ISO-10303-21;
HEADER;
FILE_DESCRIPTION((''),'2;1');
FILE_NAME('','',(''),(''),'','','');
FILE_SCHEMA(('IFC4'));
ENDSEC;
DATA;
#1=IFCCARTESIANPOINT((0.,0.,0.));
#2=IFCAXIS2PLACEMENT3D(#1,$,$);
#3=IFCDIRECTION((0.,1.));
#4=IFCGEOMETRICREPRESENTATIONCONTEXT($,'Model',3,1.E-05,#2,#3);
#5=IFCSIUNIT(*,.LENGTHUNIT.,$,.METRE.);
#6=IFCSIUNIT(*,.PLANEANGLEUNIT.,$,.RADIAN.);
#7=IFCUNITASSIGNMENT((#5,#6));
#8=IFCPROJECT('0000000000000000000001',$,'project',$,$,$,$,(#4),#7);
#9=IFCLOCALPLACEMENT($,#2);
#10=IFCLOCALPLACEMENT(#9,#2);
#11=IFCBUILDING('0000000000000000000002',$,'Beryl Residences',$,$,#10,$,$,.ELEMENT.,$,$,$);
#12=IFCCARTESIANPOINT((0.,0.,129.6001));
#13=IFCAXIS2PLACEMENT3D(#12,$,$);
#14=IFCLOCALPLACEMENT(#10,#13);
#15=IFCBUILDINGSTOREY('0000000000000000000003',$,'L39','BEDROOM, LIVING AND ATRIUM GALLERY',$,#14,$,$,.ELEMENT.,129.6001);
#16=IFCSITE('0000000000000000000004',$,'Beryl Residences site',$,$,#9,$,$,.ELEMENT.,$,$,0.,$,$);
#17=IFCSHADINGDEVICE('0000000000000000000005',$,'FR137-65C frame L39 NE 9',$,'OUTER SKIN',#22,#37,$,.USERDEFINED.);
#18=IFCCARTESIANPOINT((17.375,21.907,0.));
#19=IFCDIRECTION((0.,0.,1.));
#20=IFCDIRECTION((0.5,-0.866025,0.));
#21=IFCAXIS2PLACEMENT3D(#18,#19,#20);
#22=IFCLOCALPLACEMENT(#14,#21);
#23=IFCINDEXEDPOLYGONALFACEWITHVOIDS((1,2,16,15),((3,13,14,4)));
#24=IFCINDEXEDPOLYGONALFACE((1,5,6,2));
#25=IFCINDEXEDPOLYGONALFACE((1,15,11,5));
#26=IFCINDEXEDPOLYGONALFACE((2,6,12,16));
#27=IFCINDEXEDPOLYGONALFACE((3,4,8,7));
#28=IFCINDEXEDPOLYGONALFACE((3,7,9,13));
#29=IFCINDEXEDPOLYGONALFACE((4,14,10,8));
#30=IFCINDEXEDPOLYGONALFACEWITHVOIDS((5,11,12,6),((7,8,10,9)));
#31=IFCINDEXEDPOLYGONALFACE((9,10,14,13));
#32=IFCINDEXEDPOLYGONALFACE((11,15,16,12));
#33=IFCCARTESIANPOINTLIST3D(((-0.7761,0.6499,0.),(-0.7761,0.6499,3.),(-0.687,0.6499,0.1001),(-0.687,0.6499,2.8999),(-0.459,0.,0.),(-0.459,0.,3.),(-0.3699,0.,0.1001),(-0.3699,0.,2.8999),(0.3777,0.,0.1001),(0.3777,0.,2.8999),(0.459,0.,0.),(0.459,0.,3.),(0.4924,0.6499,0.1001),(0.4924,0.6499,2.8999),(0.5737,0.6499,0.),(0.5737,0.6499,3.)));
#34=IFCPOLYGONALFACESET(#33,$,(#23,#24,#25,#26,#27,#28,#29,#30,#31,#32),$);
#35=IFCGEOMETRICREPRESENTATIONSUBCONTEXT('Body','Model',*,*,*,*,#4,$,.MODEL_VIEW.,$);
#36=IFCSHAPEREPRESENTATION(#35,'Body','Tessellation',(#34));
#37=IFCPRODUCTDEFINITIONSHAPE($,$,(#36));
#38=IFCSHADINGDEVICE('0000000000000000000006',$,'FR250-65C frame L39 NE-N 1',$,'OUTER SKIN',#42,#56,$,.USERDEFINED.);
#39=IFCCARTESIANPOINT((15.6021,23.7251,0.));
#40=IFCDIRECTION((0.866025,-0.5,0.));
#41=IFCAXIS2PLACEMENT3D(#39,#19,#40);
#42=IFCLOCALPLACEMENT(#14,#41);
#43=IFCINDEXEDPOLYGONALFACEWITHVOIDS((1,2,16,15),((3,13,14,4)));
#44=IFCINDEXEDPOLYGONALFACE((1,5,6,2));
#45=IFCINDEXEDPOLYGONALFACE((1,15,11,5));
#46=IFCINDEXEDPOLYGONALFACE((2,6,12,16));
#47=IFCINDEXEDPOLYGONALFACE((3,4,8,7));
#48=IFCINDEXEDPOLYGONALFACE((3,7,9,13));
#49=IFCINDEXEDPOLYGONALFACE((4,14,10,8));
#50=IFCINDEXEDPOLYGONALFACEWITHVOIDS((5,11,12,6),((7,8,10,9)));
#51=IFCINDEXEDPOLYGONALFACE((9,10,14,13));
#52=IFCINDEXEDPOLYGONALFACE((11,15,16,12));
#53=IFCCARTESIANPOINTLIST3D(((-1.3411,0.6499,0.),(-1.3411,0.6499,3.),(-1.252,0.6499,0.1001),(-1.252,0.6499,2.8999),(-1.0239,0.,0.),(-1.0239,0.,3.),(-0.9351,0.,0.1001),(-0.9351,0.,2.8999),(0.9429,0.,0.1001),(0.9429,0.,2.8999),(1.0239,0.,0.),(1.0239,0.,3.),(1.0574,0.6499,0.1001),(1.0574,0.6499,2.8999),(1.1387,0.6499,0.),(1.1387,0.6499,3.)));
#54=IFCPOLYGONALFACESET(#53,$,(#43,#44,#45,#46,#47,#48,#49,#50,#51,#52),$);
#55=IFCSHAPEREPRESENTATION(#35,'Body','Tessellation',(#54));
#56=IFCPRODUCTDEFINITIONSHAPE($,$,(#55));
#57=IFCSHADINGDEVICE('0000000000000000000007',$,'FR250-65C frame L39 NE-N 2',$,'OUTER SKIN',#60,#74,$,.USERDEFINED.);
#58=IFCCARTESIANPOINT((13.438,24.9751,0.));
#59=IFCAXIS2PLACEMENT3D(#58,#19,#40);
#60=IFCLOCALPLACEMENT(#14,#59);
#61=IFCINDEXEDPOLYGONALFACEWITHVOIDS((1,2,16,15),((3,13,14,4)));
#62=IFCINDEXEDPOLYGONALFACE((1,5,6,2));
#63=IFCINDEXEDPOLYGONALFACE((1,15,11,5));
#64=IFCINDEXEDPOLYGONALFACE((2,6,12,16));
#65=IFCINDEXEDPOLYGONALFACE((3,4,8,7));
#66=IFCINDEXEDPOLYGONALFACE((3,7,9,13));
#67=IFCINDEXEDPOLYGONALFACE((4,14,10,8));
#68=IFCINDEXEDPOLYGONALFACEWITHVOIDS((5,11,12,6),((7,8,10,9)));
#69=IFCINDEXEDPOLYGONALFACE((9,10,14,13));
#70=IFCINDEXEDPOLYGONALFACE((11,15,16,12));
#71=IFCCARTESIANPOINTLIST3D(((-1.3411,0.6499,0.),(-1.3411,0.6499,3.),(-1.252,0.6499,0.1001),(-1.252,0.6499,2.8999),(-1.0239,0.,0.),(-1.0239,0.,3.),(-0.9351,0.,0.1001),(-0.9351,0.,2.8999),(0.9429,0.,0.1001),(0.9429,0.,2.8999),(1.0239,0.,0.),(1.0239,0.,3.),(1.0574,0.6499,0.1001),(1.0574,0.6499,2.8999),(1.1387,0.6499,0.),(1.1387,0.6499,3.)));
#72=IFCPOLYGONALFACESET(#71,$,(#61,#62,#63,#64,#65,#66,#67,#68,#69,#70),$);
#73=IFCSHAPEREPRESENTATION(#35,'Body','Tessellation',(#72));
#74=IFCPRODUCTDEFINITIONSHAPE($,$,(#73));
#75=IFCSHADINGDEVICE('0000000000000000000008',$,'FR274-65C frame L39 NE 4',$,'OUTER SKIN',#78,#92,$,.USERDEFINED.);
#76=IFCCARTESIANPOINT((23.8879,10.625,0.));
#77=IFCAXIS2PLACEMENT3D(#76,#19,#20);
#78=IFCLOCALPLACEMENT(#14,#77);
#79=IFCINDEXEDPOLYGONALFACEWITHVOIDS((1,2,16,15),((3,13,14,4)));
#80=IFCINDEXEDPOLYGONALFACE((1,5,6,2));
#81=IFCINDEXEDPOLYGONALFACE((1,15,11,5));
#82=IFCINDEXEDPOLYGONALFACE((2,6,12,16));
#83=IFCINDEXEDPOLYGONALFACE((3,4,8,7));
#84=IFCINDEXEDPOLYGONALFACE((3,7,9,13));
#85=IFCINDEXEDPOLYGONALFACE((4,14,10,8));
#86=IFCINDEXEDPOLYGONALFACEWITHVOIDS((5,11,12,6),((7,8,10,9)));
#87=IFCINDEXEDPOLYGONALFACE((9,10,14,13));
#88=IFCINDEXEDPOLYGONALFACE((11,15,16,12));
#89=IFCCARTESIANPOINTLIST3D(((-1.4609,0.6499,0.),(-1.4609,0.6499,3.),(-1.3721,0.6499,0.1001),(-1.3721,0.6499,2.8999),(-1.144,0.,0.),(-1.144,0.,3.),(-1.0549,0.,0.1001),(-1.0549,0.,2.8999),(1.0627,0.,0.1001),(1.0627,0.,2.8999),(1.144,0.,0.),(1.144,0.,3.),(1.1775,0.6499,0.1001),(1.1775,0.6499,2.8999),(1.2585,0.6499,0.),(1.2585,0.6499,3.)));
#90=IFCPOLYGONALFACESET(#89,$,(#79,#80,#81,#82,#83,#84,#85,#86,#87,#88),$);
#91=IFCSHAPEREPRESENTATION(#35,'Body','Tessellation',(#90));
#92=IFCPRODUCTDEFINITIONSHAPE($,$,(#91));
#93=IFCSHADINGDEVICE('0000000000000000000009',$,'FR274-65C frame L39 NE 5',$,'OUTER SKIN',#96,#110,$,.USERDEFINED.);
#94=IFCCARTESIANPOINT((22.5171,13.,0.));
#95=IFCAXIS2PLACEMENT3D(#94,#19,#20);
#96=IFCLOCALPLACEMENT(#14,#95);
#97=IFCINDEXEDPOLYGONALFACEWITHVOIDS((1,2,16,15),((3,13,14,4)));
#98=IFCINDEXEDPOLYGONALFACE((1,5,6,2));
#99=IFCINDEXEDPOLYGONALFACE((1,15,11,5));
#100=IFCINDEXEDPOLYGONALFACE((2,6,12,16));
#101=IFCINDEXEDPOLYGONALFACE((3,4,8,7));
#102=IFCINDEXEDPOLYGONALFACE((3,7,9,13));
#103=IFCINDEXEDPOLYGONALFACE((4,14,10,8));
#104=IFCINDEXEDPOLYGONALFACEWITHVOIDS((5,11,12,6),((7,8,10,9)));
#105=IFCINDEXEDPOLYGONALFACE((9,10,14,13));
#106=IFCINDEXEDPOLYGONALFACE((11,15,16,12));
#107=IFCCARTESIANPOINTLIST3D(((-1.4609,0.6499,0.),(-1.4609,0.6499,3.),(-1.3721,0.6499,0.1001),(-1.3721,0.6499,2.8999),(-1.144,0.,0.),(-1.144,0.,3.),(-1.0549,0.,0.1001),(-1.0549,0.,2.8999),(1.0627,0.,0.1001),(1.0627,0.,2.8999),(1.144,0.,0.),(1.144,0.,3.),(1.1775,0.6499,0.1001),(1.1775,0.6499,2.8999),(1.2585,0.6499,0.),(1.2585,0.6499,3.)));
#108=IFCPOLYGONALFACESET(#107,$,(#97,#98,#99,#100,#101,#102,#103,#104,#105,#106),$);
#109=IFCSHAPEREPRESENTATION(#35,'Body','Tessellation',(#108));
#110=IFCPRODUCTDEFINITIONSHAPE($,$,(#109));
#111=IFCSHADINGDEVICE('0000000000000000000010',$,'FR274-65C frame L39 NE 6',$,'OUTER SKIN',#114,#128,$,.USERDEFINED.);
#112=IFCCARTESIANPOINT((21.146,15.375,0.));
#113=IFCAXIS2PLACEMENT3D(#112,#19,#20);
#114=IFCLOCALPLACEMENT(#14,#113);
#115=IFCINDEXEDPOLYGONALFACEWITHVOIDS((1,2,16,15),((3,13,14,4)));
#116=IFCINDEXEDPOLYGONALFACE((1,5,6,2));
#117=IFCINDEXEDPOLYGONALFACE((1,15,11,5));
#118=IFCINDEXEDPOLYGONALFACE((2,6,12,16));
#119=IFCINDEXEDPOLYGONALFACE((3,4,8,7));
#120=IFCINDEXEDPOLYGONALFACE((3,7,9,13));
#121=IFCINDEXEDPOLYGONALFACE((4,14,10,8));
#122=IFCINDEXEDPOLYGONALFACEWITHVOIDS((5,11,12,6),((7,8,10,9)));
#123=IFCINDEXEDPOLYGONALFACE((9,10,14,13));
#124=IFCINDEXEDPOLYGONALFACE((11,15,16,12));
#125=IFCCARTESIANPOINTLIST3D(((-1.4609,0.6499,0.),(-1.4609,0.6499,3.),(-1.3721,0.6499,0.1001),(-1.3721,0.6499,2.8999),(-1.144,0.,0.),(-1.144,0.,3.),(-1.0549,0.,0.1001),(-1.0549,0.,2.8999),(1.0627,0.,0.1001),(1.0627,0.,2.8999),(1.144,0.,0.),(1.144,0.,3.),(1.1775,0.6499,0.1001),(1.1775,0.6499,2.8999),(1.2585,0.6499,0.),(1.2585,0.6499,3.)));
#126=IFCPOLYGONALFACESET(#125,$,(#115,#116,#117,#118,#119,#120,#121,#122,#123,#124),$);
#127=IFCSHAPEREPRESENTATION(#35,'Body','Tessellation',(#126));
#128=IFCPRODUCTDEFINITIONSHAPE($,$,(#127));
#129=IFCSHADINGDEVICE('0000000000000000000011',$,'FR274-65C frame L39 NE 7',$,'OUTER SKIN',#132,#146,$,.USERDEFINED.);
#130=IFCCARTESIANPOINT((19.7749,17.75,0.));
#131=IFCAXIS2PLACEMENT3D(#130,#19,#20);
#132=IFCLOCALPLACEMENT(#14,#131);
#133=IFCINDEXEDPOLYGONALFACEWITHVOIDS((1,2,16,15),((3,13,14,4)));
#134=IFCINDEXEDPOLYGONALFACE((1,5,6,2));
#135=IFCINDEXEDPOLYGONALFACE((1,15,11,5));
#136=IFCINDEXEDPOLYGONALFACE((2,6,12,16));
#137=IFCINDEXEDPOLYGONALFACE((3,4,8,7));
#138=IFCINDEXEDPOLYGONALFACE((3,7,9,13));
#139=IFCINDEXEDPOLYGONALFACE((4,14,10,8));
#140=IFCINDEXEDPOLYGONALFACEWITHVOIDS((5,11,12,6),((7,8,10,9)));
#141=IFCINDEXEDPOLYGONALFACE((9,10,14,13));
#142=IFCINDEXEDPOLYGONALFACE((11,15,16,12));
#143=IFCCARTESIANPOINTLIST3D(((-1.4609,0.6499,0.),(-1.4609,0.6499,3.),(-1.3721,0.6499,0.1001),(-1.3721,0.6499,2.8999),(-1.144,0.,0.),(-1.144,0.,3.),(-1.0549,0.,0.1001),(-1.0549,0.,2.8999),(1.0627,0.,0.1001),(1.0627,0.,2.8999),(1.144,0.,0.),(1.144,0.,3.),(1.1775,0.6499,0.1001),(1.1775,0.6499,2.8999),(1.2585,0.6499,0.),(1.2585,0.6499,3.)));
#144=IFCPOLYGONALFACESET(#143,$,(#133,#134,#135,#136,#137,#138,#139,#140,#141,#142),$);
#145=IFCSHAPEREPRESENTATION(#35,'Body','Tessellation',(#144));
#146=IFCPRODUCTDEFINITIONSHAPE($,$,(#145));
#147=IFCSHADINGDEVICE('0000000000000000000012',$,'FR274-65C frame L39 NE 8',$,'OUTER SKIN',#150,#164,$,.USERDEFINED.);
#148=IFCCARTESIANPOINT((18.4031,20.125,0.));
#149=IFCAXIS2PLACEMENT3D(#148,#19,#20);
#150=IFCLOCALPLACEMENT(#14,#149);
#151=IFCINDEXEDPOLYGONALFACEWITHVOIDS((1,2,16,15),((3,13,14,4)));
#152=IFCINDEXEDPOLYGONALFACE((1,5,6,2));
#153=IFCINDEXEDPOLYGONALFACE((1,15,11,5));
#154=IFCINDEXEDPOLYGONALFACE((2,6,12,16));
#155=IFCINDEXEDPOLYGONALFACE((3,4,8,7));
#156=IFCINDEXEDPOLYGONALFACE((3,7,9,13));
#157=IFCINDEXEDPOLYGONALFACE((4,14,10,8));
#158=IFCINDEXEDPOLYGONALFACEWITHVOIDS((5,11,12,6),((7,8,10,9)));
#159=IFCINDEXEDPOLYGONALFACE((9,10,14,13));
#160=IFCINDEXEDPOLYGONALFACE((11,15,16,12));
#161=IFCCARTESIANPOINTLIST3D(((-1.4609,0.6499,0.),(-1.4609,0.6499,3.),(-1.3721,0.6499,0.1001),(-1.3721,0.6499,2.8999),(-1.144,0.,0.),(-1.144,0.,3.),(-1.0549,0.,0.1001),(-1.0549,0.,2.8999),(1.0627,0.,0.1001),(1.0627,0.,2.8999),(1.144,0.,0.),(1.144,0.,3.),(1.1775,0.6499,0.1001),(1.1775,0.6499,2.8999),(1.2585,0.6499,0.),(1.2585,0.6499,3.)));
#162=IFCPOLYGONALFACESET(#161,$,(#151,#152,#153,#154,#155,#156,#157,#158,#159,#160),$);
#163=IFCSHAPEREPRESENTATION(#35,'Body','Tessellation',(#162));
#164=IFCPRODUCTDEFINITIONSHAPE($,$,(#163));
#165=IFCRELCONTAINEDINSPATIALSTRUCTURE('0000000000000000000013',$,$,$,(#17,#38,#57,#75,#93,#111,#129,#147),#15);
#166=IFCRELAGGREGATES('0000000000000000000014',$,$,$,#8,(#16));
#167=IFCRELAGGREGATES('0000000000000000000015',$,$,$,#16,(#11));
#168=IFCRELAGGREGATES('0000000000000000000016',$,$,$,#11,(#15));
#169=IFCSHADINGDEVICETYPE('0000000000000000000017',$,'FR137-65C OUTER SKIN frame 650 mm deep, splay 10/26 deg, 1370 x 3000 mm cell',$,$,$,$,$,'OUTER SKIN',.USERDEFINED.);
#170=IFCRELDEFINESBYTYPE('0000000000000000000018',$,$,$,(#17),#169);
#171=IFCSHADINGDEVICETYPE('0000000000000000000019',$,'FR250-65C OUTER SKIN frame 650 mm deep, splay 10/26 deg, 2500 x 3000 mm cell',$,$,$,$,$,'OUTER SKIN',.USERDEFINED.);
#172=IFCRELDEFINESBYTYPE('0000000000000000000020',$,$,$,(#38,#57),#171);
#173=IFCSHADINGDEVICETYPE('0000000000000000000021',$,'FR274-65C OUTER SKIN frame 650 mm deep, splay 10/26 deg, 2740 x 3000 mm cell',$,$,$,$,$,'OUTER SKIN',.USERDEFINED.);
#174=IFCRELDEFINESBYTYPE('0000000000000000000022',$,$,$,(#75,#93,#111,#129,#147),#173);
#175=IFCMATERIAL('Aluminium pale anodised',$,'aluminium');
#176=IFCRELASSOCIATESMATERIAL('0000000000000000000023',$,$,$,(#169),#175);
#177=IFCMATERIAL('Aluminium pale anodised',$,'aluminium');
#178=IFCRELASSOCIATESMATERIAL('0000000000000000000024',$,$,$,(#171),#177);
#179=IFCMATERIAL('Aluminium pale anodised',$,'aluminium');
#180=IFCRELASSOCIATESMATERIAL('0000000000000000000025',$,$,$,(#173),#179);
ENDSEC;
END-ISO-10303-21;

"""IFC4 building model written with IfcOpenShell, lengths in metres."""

from ifc_helpers import new_model, entity, si_unit, direction, frame, origin, place, context, subcontext, project, spatial, source, transform, mapped, material, type_object, type_shapes, element, save


model = new_model("IFC4")

# Units and contexts
model_context = context("Model", 3, precision=1e-05, world=origin(), true_north=direction((0.0, 1.0)))
body_context = subcontext(model_context, "Body", "Model", "MODEL_VIEW")
ifc_project = project(units=[si_unit("LENGTHUNIT", "METRE"), si_unit("PLANEANGLEUNIT", "RADIAN")], contexts=[model_context])

# Site, building, storey
site_placement = place(None, origin())
site = spatial("IfcSite", under=ifc_project, at=site_placement, Name="Beryl Residences site", CompositionType="ELEMENT", RefElevation=0.0)
building_placement = place(site_placement, origin())
building = spatial("IfcBuilding", under=site, at=building_placement, Name="Beryl Residences", CompositionType="ELEMENT")
storey_placement = place(building_placement, frame((0.0, 0.0, 129.6001)))
storey = spatial("IfcBuildingStorey", under=building, at=storey_placement, Name="L39", Description="BEDROOM, LIVING AND ATRIUM GALLERY", CompositionType="ELEMENT", Elevation=129.6001)

# Shading devices
ifc_material_1 = material(Name="Aluminium pale anodised", Category="aluminium")
shading_device_type_1 = type_object("IfcShadingDeviceType", Name="FR137-65C OUTER SKIN frame 650 mm deep, splay 10/26 deg, 1370 x 3000 mm cell", ElementType="OUTER SKIN", PredefinedType="USERDEFINED", material=ifc_material_1)
cartesian_point_1 = entity("IfcCartesianPoint", [-0.459, 0.0])
cartesian_point_2 = entity("IfcCartesianPoint", [-0.3777, 0.1001])
cartesian_point_3 = entity("IfcCartesianPoint", [-0.5737, 0.0])
cartesian_point_4 = entity("IfcCartesianPoint", [-0.4924, 0.1001])
shared_shape_1 = source(origin(), body_context, "Body", "SweptSolid", [
    entity("IfcExtrudedAreaSolidTapered", entity("IfcArbitraryProfileDefWithVoids", "AREA", None, entity("IfcPolyline", [cartesian_point_1, entity("IfcCartesianPoint", [0.459, 0.0]), entity("IfcCartesianPoint", [0.459, 3.0]), entity("IfcCartesianPoint", [-0.459, 3.0]), cartesian_point_1]), [entity("IfcPolyline", [cartesian_point_2, entity("IfcCartesianPoint", [0.3699, 0.1001]), entity("IfcCartesianPoint", [0.3699, 2.8999]), entity("IfcCartesianPoint", [-0.3777, 2.8999]), cartesian_point_2])]), entity("IfcAxis2Placement3D", entity("IfcCartesianPoint", [0.0, 0.0, 0.0]), entity("IfcDirection", [0.0, 1.0, 0.0]), entity("IfcDirection", [-1.0, 0.0, 0.0])), entity("IfcDirection", [0.0, 0.0, 1.0]), 0.6499, entity("IfcArbitraryProfileDefWithVoids", "AREA", None, entity("IfcPolyline", [cartesian_point_3, entity("IfcCartesianPoint", [0.7761, 0.0]), entity("IfcCartesianPoint", [0.7761, 3.0]), entity("IfcCartesianPoint", [-0.5737, 3.0]), cartesian_point_3]), [entity("IfcPolyline", [cartesian_point_4, entity("IfcCartesianPoint", [0.687, 0.1001]), entity("IfcCartesianPoint", [0.687, 2.8999]), entity("IfcCartesianPoint", [-0.4924, 2.8999]), cartesian_point_4])])),
])
type_shapes(shading_device_type_1, [shared_shape_1])
shading_device_placement = place(storey_placement, frame((17.375, 21.907, 0.0), z_axis=(0.0, 0.0, 1.0), x_axis=(0.5, -0.866025, 0.0)))
element("IfcShadingDevice", 1, at=shading_device_placement, inside=storey, type_object=shading_device_type_1, Name="FR137-65C frame L39 NE 9", ObjectType="OUTER SKIN", PredefinedType="USERDEFINED", context=body_context, shape_type="MappedRepresentation", body=[
    mapped(shared_shape_1, transform((0.0, 0.0, 0.0))),
])
ifc_material_2 = material(Name="Aluminium pale anodised", Category="aluminium")
shading_device_type_2 = type_object("IfcShadingDeviceType", Name="FR250-65C OUTER SKIN frame 650 mm deep, splay 10/26 deg, 2500 x 3000 mm cell", ElementType="OUTER SKIN", PredefinedType="USERDEFINED", material=ifc_material_2)
cartesian_point_5 = entity("IfcCartesianPoint", [-1.0239, 0.0])
cartesian_point_6 = entity("IfcCartesianPoint", [-0.9429, 0.1001])
cartesian_point_7 = entity("IfcCartesianPoint", [-1.1387, 0.0])
cartesian_point_8 = entity("IfcCartesianPoint", [-1.0574, 0.1001])
shared_shape_2 = source(origin(), body_context, "Body", "SweptSolid", [
    entity("IfcExtrudedAreaSolidTapered", entity("IfcArbitraryProfileDefWithVoids", "AREA", None, entity("IfcPolyline", [cartesian_point_5, entity("IfcCartesianPoint", [1.0239, 0.0]), entity("IfcCartesianPoint", [1.0239, 3.0]), entity("IfcCartesianPoint", [-1.0239, 3.0]), cartesian_point_5]), [entity("IfcPolyline", [cartesian_point_6, entity("IfcCartesianPoint", [0.9351, 0.1001]), entity("IfcCartesianPoint", [0.9351, 2.8999]), entity("IfcCartesianPoint", [-0.9429, 2.8999]), cartesian_point_6])]), entity("IfcAxis2Placement3D", entity("IfcCartesianPoint", [0.0, 0.0, 0.0]), entity("IfcDirection", [0.0, 1.0, 0.0]), entity("IfcDirection", [-1.0, 0.0, 0.0])), entity("IfcDirection", [0.0, 0.0, 1.0]), 0.6499, entity("IfcArbitraryProfileDefWithVoids", "AREA", None, entity("IfcPolyline", [cartesian_point_7, entity("IfcCartesianPoint", [1.3411, 0.0]), entity("IfcCartesianPoint", [1.3411, 3.0]), entity("IfcCartesianPoint", [-1.1387, 3.0]), cartesian_point_7]), [entity("IfcPolyline", [cartesian_point_8, entity("IfcCartesianPoint", [1.252, 0.1001]), entity("IfcCartesianPoint", [1.252, 2.8999]), entity("IfcCartesianPoint", [-1.0574, 2.8999]), cartesian_point_8])])),
])
type_shapes(shading_device_type_2, [shared_shape_2])
for number, where, z_axis, x_axis, name in (
    (2, (15.6021, 23.7251, 0.0), (0.0, 0.0, 1.0), (0.866025, -0.5, 0.0), "FR250-65C frame L39 NE-N 1"),
    (3, (13.438, 24.9751, 0.0), (0.0, 0.0, 1.0), (0.866025, -0.5, 0.0), "FR250-65C frame L39 NE-N 2"),
):
    element("IfcShadingDevice", number, at=place(storey_placement, frame(where, z_axis=z_axis, x_axis=x_axis)), inside=storey, type_object=shading_device_type_2, Name=name, ObjectType="OUTER SKIN", PredefinedType="USERDEFINED", context=body_context, shape_type="MappedRepresentation", body=[
        mapped(shared_shape_2, transform((0.0, 0.0, 0.0))),
    ])
ifc_material_3 = material(Name="Aluminium pale anodised", Category="aluminium")
shading_device_type_3 = type_object("IfcShadingDeviceType", Name="FR274-65C OUTER SKIN frame 650 mm deep, splay 10/26 deg, 2740 x 3000 mm cell", ElementType="OUTER SKIN", PredefinedType="USERDEFINED", material=ifc_material_3)
cartesian_point_9 = entity("IfcCartesianPoint", [-1.144, 0.0])
cartesian_point_10 = entity("IfcCartesianPoint", [-1.0627, 0.1001])
cartesian_point_11 = entity("IfcCartesianPoint", [-1.2585, 0.0])
cartesian_point_12 = entity("IfcCartesianPoint", [-1.1775, 0.1001])
shared_shape_3 = source(origin(), body_context, "Body", "SweptSolid", [
    entity("IfcExtrudedAreaSolidTapered", entity("IfcArbitraryProfileDefWithVoids", "AREA", None, entity("IfcPolyline", [cartesian_point_9, entity("IfcCartesianPoint", [1.144, 0.0]), entity("IfcCartesianPoint", [1.144, 3.0]), entity("IfcCartesianPoint", [-1.144, 3.0]), cartesian_point_9]), [entity("IfcPolyline", [cartesian_point_10, entity("IfcCartesianPoint", [1.0549, 0.1001]), entity("IfcCartesianPoint", [1.0549, 2.8999]), entity("IfcCartesianPoint", [-1.0627, 2.8999]), cartesian_point_10])]), entity("IfcAxis2Placement3D", entity("IfcCartesianPoint", [0.0, 0.0, 0.0]), entity("IfcDirection", [0.0, 1.0, 0.0]), entity("IfcDirection", [-1.0, 0.0, 0.0])), entity("IfcDirection", [0.0, 0.0, 1.0]), 0.6499, entity("IfcArbitraryProfileDefWithVoids", "AREA", None, entity("IfcPolyline", [cartesian_point_11, entity("IfcCartesianPoint", [1.4609, 0.0]), entity("IfcCartesianPoint", [1.4609, 3.0]), entity("IfcCartesianPoint", [-1.2585, 3.0]), cartesian_point_11]), [entity("IfcPolyline", [cartesian_point_12, entity("IfcCartesianPoint", [1.3721, 0.1001]), entity("IfcCartesianPoint", [1.3721, 2.8999]), entity("IfcCartesianPoint", [-1.1775, 2.8999]), cartesian_point_12])])),
])
type_shapes(shading_device_type_3, [shared_shape_3])
for number, where, z_axis, x_axis, name in (
    (4, (23.8879, 10.625, 0.0), (0.0, 0.0, 1.0), (0.5, -0.866025, 0.0), "FR274-65C frame L39 NE 4"),
    (5, (22.5171, 13.0, 0.0), (0.0, 0.0, 1.0), (0.5, -0.866025, 0.0), "FR274-65C frame L39 NE 5"),
    (6, (21.146, 15.375, 0.0), (0.0, 0.0, 1.0), (0.5, -0.866025, 0.0), "FR274-65C frame L39 NE 6"),
    (7, (19.7749, 17.75, 0.0), (0.0, 0.0, 1.0), (0.5, -0.866025, 0.0), "FR274-65C frame L39 NE 7"),
    (8, (18.4031, 20.125, 0.0), (0.0, 0.0, 1.0), (0.5, -0.866025, 0.0), "FR274-65C frame L39 NE 8"),
):
    element("IfcShadingDevice", number, at=place(storey_placement, frame(where, z_axis=z_axis, x_axis=x_axis)), inside=storey, type_object=shading_device_type_3, Name=name, ObjectType="OUTER SKIN", PredefinedType="USERDEFINED", context=body_context, shape_type="MappedRepresentation", body=[
        mapped(shared_shape_3, transform((0.0, 0.0, 0.0))),
    ])

save(model, "model.ifc")
